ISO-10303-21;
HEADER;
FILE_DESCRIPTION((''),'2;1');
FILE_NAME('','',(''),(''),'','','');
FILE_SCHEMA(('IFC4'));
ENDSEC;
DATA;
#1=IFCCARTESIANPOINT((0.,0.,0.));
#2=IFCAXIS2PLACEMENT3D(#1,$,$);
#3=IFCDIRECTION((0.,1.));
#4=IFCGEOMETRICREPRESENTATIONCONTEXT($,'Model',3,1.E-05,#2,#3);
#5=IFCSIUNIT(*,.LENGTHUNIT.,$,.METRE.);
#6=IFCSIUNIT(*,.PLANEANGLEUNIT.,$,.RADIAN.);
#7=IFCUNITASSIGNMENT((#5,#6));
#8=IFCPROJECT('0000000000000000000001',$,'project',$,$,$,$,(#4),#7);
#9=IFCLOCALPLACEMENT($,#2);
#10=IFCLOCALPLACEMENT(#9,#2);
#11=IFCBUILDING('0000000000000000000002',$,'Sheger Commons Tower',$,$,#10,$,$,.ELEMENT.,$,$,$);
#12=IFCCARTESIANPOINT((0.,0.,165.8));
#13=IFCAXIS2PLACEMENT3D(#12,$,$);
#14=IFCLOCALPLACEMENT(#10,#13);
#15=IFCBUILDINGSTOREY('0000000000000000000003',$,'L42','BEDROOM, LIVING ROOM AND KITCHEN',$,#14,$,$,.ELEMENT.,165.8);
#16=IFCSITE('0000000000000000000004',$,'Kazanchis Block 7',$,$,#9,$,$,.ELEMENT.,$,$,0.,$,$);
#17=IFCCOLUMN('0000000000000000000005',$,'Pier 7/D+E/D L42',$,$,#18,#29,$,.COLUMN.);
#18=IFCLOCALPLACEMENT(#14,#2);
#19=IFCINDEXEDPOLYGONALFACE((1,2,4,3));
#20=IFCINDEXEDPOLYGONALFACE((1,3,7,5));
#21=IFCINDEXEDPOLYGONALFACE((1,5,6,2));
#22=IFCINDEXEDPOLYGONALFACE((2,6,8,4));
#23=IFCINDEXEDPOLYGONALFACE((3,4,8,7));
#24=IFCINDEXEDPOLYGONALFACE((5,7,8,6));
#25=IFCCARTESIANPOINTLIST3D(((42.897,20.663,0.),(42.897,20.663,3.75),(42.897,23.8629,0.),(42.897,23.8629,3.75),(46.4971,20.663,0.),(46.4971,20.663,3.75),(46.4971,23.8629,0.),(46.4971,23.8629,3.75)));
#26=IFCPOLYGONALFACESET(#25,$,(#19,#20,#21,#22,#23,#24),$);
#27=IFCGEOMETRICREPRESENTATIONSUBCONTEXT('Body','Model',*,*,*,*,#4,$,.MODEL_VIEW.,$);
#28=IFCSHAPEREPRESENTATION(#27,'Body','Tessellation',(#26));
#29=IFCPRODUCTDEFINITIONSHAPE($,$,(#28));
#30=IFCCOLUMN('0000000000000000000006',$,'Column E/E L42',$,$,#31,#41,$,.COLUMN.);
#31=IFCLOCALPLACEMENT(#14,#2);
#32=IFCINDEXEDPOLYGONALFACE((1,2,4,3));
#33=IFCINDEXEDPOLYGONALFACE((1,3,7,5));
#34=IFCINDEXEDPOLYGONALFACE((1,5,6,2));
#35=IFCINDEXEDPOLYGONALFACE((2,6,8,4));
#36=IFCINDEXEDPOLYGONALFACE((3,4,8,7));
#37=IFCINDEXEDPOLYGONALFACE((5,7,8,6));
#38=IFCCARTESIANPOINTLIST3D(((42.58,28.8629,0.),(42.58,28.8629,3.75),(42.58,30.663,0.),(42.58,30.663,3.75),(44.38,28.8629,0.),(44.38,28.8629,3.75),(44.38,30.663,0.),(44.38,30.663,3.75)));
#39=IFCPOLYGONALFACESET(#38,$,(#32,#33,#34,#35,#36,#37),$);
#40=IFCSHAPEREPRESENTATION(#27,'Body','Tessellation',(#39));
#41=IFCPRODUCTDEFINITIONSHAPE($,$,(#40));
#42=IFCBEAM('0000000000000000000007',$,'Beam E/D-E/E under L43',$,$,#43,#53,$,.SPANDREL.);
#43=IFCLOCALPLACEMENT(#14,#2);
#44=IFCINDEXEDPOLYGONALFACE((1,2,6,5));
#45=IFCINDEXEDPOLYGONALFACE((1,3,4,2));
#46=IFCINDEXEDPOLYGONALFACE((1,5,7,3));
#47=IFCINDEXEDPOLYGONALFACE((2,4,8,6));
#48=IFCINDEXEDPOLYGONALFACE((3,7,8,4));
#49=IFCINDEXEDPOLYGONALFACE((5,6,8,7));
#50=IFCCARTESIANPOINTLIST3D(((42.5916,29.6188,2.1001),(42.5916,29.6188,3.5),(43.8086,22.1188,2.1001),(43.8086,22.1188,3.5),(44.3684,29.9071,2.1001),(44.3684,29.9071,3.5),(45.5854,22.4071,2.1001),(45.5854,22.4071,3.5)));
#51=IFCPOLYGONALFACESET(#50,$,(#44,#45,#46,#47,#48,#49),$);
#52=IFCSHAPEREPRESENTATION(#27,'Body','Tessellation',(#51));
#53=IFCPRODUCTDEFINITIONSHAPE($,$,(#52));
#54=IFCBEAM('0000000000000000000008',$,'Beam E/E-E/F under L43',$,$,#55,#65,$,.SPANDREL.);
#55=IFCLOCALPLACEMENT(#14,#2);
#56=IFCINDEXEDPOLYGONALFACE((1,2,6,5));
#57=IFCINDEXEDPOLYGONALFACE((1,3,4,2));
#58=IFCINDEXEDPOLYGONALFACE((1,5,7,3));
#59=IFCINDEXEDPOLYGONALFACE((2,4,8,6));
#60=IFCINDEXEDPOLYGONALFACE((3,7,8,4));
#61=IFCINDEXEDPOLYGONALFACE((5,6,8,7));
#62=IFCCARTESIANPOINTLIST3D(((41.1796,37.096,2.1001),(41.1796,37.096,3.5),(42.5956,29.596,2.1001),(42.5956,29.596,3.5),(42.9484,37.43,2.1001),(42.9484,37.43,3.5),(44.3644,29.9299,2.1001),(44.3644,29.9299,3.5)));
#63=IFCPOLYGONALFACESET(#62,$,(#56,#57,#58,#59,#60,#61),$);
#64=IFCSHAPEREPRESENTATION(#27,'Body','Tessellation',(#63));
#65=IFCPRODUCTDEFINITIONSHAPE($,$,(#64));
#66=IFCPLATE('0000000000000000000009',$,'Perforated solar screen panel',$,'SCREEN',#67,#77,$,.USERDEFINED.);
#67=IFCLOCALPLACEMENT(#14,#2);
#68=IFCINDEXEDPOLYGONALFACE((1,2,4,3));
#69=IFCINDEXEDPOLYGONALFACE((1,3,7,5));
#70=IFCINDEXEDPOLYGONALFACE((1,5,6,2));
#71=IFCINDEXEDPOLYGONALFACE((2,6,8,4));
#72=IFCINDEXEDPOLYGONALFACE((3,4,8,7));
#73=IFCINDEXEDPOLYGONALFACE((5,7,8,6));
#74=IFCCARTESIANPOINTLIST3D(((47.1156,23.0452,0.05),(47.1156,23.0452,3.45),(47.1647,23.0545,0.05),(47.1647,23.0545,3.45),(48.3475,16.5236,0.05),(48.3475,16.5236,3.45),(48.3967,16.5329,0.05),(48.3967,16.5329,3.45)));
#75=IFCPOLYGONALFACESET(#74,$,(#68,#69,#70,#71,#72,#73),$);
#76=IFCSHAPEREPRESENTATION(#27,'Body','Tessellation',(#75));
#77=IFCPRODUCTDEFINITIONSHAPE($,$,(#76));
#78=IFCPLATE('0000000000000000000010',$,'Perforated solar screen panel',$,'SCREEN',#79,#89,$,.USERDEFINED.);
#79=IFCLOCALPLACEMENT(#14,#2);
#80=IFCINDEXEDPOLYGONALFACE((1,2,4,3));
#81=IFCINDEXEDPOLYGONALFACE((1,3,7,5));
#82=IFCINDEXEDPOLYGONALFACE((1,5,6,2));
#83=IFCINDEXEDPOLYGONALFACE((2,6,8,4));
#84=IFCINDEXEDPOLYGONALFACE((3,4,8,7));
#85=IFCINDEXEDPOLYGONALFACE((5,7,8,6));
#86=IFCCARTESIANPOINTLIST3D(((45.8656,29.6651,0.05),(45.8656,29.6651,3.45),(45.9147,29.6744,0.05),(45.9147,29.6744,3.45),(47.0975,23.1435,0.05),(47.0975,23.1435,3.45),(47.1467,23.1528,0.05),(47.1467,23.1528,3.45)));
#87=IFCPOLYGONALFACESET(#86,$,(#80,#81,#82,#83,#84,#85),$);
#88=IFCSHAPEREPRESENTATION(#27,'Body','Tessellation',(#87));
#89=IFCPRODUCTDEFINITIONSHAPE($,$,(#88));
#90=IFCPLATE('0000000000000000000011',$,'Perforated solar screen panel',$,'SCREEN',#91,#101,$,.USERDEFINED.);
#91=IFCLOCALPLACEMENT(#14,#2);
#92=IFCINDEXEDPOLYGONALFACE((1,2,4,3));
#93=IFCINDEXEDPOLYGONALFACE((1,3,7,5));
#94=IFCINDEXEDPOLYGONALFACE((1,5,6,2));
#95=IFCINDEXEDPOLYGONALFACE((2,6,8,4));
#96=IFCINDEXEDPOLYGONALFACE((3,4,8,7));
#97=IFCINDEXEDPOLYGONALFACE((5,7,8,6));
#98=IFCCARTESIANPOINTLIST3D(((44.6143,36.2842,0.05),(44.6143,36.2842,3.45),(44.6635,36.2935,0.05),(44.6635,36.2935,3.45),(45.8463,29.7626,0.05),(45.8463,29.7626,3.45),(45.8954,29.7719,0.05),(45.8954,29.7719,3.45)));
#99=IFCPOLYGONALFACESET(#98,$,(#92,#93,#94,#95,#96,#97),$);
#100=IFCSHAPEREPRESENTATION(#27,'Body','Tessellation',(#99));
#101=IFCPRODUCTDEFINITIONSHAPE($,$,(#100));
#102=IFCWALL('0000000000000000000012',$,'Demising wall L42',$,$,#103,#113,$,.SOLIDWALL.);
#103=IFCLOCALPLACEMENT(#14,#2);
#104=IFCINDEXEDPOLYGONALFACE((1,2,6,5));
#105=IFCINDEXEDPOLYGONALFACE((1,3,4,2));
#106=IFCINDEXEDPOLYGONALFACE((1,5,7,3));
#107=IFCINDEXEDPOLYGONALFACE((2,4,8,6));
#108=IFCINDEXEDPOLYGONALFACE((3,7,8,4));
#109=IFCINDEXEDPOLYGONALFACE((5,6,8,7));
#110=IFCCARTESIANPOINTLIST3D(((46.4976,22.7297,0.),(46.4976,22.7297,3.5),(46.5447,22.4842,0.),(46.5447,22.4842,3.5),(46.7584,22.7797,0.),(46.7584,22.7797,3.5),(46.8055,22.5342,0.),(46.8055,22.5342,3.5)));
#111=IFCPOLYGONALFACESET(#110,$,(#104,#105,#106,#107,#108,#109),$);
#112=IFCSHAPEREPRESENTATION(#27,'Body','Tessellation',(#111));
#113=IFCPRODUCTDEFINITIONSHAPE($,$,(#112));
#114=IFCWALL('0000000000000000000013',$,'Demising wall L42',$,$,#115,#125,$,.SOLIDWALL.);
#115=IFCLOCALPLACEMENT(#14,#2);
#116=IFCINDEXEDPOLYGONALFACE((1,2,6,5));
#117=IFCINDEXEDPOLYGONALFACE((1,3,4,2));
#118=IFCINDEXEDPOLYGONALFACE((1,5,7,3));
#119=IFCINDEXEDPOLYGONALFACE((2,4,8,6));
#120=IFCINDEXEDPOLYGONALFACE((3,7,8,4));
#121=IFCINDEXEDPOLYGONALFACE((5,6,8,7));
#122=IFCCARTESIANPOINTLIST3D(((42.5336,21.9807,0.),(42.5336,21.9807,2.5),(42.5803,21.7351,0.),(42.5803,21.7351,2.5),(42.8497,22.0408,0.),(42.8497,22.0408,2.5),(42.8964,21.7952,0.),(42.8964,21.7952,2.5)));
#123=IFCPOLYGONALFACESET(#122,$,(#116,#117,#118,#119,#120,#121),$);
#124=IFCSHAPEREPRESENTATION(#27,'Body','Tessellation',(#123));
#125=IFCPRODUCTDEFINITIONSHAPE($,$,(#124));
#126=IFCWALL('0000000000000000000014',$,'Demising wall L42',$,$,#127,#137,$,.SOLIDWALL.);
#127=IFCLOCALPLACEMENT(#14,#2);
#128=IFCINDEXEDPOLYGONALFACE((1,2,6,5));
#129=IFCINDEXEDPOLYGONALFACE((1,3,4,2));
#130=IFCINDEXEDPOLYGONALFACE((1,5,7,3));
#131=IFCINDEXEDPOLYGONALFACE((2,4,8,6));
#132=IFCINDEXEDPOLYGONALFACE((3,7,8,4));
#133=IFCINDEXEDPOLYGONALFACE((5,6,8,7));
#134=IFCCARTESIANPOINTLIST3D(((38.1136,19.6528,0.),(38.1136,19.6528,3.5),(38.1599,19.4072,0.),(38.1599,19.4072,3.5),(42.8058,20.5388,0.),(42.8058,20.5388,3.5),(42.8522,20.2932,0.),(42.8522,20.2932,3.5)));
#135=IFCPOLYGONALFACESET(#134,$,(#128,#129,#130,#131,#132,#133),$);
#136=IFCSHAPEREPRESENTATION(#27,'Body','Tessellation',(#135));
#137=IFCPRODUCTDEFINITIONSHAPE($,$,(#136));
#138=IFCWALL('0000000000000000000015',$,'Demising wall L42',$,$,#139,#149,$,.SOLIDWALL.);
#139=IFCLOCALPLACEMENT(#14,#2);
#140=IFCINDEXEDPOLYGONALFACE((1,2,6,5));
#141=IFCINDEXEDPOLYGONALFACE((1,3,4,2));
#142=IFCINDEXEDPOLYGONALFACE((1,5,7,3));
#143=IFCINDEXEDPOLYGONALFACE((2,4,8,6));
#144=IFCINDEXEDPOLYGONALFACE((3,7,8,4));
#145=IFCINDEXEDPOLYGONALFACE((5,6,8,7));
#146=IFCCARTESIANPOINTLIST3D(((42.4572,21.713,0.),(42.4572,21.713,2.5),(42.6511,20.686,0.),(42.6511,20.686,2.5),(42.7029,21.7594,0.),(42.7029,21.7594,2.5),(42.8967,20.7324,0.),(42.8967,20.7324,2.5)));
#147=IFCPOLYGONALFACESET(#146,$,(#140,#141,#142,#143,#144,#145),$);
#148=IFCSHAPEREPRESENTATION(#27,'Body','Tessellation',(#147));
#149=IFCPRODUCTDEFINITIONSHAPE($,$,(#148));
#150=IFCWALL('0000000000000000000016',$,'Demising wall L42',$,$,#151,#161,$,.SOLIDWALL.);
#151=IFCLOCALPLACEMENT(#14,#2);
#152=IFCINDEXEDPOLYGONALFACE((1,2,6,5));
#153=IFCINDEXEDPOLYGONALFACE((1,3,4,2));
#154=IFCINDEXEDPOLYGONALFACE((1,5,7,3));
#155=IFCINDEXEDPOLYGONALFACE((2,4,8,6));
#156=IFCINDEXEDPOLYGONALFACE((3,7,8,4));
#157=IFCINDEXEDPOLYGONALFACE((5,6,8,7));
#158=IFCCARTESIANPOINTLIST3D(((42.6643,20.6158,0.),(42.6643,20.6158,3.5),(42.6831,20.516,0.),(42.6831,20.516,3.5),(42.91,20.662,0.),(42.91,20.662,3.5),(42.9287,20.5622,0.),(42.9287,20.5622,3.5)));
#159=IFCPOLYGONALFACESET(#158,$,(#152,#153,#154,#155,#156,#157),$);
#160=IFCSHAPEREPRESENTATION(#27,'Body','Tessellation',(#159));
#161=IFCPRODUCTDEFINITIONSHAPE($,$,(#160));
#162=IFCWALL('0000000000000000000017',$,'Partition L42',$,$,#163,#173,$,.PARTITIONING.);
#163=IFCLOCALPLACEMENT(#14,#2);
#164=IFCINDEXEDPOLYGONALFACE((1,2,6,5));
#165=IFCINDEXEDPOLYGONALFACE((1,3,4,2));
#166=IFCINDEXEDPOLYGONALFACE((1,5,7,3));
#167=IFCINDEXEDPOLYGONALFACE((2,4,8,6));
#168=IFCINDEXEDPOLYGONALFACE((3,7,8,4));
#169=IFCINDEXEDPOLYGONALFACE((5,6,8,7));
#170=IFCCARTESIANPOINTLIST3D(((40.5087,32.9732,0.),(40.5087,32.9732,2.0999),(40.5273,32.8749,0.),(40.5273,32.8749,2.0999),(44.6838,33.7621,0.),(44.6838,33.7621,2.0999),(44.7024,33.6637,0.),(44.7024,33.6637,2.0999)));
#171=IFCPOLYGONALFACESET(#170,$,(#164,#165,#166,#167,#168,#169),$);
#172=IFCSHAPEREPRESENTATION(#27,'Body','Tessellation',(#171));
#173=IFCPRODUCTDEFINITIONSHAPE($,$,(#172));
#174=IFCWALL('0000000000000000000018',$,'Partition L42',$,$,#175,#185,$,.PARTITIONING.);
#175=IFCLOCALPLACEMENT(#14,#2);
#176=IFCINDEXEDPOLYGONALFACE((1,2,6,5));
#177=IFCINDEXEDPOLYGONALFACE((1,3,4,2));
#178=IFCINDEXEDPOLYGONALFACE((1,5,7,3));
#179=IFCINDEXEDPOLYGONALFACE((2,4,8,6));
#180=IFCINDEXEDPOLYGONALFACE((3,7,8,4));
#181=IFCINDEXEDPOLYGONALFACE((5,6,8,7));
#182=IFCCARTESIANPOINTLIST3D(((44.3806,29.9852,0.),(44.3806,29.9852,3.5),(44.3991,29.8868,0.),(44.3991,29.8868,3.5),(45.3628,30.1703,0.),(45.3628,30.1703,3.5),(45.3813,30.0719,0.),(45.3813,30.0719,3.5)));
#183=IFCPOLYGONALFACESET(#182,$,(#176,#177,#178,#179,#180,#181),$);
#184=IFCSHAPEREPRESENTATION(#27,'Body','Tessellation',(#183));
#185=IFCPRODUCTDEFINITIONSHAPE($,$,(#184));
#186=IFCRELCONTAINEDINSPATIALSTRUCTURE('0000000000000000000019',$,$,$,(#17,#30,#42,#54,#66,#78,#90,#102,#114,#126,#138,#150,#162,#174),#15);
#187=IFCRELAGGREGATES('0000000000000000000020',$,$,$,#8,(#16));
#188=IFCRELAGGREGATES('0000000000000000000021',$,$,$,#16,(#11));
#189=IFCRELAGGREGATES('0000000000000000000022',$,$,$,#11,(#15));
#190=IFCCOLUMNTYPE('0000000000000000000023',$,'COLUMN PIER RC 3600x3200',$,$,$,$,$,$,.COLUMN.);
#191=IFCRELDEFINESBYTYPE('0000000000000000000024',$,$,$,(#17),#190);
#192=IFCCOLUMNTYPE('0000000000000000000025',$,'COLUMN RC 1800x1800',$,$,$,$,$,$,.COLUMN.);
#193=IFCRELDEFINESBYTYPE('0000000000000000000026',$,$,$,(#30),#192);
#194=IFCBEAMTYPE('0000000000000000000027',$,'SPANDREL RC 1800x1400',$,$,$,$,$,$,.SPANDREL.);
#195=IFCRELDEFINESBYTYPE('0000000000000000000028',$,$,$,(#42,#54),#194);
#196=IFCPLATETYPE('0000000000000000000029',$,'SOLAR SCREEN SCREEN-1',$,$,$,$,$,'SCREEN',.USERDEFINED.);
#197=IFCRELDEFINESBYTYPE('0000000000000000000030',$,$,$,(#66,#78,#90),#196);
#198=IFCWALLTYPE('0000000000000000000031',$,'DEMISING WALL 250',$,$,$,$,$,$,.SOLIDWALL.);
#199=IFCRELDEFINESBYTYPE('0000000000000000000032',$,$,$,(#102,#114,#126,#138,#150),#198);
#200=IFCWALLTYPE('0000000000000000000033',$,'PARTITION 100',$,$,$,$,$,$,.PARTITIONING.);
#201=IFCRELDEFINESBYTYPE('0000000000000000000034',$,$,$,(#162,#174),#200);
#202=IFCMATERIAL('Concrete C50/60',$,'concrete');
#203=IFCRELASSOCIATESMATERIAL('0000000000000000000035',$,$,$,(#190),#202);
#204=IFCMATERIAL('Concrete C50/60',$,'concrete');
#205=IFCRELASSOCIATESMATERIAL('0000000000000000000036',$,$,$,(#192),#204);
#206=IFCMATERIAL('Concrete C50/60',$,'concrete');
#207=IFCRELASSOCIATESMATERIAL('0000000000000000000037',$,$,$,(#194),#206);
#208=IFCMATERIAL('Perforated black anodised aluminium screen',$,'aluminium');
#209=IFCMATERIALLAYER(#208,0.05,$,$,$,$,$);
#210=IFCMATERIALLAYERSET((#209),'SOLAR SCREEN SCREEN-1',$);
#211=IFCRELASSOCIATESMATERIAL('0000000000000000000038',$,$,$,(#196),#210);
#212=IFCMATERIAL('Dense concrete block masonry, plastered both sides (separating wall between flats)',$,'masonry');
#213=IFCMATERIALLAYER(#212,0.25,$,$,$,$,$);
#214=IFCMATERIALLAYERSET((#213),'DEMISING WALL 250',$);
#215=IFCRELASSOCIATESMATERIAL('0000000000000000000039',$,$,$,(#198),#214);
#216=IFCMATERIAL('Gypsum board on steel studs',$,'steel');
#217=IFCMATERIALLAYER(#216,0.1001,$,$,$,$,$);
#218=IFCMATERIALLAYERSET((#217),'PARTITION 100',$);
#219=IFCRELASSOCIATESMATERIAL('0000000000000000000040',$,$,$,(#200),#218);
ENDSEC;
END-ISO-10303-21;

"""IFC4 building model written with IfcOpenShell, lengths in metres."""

from ifc_helpers import new_model, si_unit, direction, frame, frame_2d, origin, origin_2d, place, context, subcontext, project, spatial, rectangle, extrude, material, layer, layer_set, material_profile, profile_set, type_object, element, save


model = new_model("IFC4")

# Units and contexts
model_context = context("Model", 3, precision=1e-05, world=origin(), true_north=direction((0.0, 1.0)))
body_context = subcontext(model_context, "Body", "Model", "MODEL_VIEW")
ifc_project = project(units=[si_unit("LENGTHUNIT", "METRE"), si_unit("PLANEANGLEUNIT", "RADIAN")], contexts=[model_context])

# Site, building, storey
site_placement = place(None, origin())
site = spatial("IfcSite", under=ifc_project, at=site_placement, Name="Kazanchis Block 7", CompositionType="ELEMENT", RefElevation=0.0)
building_placement = place(site_placement, origin())
building = spatial("IfcBuilding", under=site, at=building_placement, Name="Sheger Commons Tower", CompositionType="ELEMENT")
storey_placement = place(building_placement, frame((0.0, 0.0, 165.8)))
storey = spatial("IfcBuildingStorey", under=building, at=storey_placement, Name="L42", Description="BEDROOM, LIVING ROOM AND KITCHEN", CompositionType="ELEMENT", Elevation=165.8)

# Columns
ifc_material_1 = material(Name="Concrete C50/60", Category="concrete")
ifc_material_profile_1 = material_profile(ifc_material_1, rectangle(XDim=3.6001, YDim=3.2, at=origin_2d()), Name="RC 3600x3200")
ifc_profile_set_1 = profile_set([ifc_material_profile_1], Name="Concrete C50/60")
column_type_1 = type_object("IfcColumnType", Name="COLUMN PIER RC 3600x3200", PredefinedType="COLUMN", material=ifc_profile_set_1)
column_1_placement = place(storey_placement, frame((44.697, 22.2629, 0.0), z_axis=(0.0, 0.0, 1.0), x_axis=(1.0, 0.0, 0.0)))
element("IfcColumn", 1, at=column_1_placement, inside=storey, type_object=column_type_1, Name="Pier 7/D+E/D L42", PredefinedType="COLUMN", context=body_context, shape_type="SweptSolid", body=[
    extrude(rectangle(XDim=3.6001, YDim=3.2, at=origin_2d()), origin(), (0.0, 0.0, 1.0), 3.75),
])
ifc_material_2 = material(Name="Concrete C50/60", Category="concrete")
ifc_material_profile_2 = material_profile(ifc_material_2, rectangle(XDim=1.8, YDim=1.8, at=origin_2d()), Name="RC 1800x1800")
ifc_profile_set_2 = profile_set([ifc_material_profile_2], Name="Concrete C50/60")
column_type_2 = type_object("IfcColumnType", Name="COLUMN RC 1800x1800", PredefinedType="COLUMN", material=ifc_profile_set_2)
column_2_placement = place(storey_placement, frame((43.48, 29.7629, 0.0), z_axis=(0.0, 0.0, 1.0), x_axis=(1.0, 0.0, 0.0)))
element("IfcColumn", 2, at=column_2_placement, inside=storey, type_object=column_type_2, Name="Column E/E L42", PredefinedType="COLUMN", context=body_context, shape_type="SweptSolid", body=[
    extrude(rectangle(XDim=1.8, YDim=1.8, at=origin_2d()), origin(), (0.0, 0.0, 1.0), 3.75),
])

# Beams
ifc_material_3 = material(Name="Concrete C50/60", Category="concrete")
ifc_material_profile_3 = material_profile(ifc_material_3, rectangle(XDim=1.8, YDim=1.3999, at=origin_2d()), Name="RC 1800x1400")
ifc_profile_set_3 = profile_set([ifc_material_profile_3], Name="Concrete C50/60")
beam_type = type_object("IfcBeamType", Name="SPANDREL RC 1800x1400", PredefinedType="SPANDREL", material=ifc_profile_set_3)
beam_1_placement = place(storey_placement, frame((44.697, 22.2629, 2.8), z_axis=(-0.160177, 0.987088, 0.0), x_axis=(-0.987088, -0.160177, 0.0)))
element("IfcBeam", 3, at=beam_1_placement, inside=storey, type_object=beam_type, Name="Beam E/D-E/E under L43", PredefinedType="SPANDREL", context=body_context, shape_type="SweptSolid", body=[
    extrude(rectangle(XDim=1.8, YDim=1.3999, at=origin_2d()), origin(), (0.0, 0.0, 1.0), 7.5981),
])
beam_2_placement = place(storey_placement, frame((43.48, 29.7629, 2.8), z_axis=(-0.185524, 0.98264, 0.0), x_axis=(-0.98264, -0.185524, 0.0)))
element("IfcBeam", 4, at=beam_2_placement, inside=storey, type_object=beam_type, Name="Beam E/E-E/F under L43", PredefinedType="SPANDREL", context=body_context, shape_type="SweptSolid", body=[
    extrude(rectangle(XDim=1.8, YDim=1.3999, at=origin_2d()), origin(), (0.0, 0.0, 1.0), 7.6326),
])

# Plates
ifc_material_4 = material(Name="Perforated black anodised aluminium screen", Category="aluminium")
ifc_layer_1 = layer(ifc_material_4, 0.05)
ifc_layer_set_1 = layer_set([ifc_layer_1], Name="SOLAR SCREEN SCREEN-1")
plate_type = type_object("IfcPlateType", Name="SOLAR SCREEN SCREEN-1", ElementType="SCREEN", PredefinedType="USERDEFINED", material=ifc_layer_set_1)
for number, where, z_axis, x_axis, name in (
    (5, (47.7561, 19.7891, 0.05), (0.0, 0.0, 1.0), (-0.185615, 0.982623, 0.0), "Perforated solar screen panel"),
    (6, (46.5061, 26.4089, 0.05), (0.0, 0.0, 1.0), (-0.185615, 0.982623, 0.0), "Perforated solar screen panel"),
    (7, (45.2549, 33.0281, 0.05), (0.0, 0.0, 1.0), (-0.185615, 0.982623, 0.0), "Perforated solar screen panel"),
):
    element("IfcPlate", number, at=place(storey_placement, frame(where, z_axis=z_axis, x_axis=x_axis)), inside=storey, type_object=plate_type, Name=name, ObjectType="SCREEN", PredefinedType="USERDEFINED", context=body_context, shape_type="SweptSolid", body=[
        extrude(rectangle(XDim=6.637, YDim=0.05, at=origin_2d()), origin(), (0.0, 0.0, 1.0), 3.3999),
    ])

# Walls
ifc_material_5 = material(Name="Dense concrete block masonry, plastered both sides (separating wall between flats)", Category="masonry")
ifc_layer_2 = layer(ifc_material_5, 0.25)
ifc_layer_set_2 = layer_set([ifc_layer_2], Name="DEMISING WALL 250")
wall_type_1 = type_object("IfcWallType", Name="DEMISING WALL 250", PredefinedType="SOLIDWALL", material=ifc_layer_set_2)
wall_1_placement = place(storey_placement, frame((46.782, 22.657, 0.0), z_axis=(0.0, 0.0, 1.0), x_axis=(-0.982105, -0.188336, 0.0)))
element("IfcWall", 8, at=wall_1_placement, inside=storey, type_object=wall_type_1, Name="Demising wall L42", PredefinedType="SOLIDWALL", context=body_context, shape_type="SweptSolid", body=[
    extrude(rectangle(XDim=0.2656, YDim=0.25, at=frame_2d((0.1328, 0.0))), origin(), (0.0, 0.0, 1.0), 3.5),
])
wall_2_placement = place(storey_placement, frame((42.873, 21.918, 0.0), z_axis=(0.0, 0.0, 1.0), x_axis=(-0.982431, -0.186624, 0.0)))
element("IfcWall", 9, at=wall_2_placement, inside=storey, type_object=wall_type_1, Name="Demising wall L42", PredefinedType="SOLIDWALL", context=body_context, shape_type="SweptSolid", body=[
    extrude(rectangle(XDim=0.3218, YDim=0.25, at=frame_2d((0.1609, 0.0))), origin(), (0.0, 0.0, 1.0), 2.5),
])
wall_3_placement = place(storey_placement, frame((42.8291, 20.416, 0.0), z_axis=(0.0, 0.0, 1.0), x_axis=(-0.982636, -0.185545, 0.0)))
element("IfcWall", 10, at=wall_3_placement, inside=storey, type_object=wall_type_1, Name="Demising wall L42", PredefinedType="SOLIDWALL", context=body_context, shape_type="SweptSolid", body=[
    extrude(rectangle(XDim=4.7751, YDim=0.25, at=frame_2d((2.3877, 0.0))), origin(), (0.0, 0.0, 1.0), 3.5),
])
wall_4_placement = place(storey_placement, frame((42.5801, 21.7361, 0.0), z_axis=(0.0, 0.0, 1.0), x_axis=(0.185459, -0.982652, 0.0)))
element("IfcWall", 11, at=wall_4_placement, inside=storey, type_object=wall_type_1, Name="Demising wall L42", PredefinedType="SOLIDWALL", context=body_context, shape_type="SweptSolid", body=[
    extrude(rectangle(XDim=1.0452, YDim=0.25, at=frame_2d((0.5225, 0.0))), origin(), (0.0, 0.0, 1.0), 2.5),
])
wall_5_placement = place(storey_placement, frame((42.7871, 20.6389, 0.0), z_axis=(0.0, 0.0, 1.0), x_axis=(0.185014, -0.982736, 0.0)))
element("IfcWall", 12, at=wall_5_placement, inside=storey, type_object=wall_type_1, Name="Demising wall L42", PredefinedType="SOLIDWALL", context=body_context, shape_type="SweptSolid", body=[
    extrude(rectangle(XDim=0.1016, YDim=0.25, at=frame_2d((0.0508, 0.0))), origin(), (0.0, 0.0, 1.0), 3.5),
])
ifc_material_6 = material(Name="Gypsum board on steel studs", Category="steel")
ifc_layer_3 = layer(ifc_material_6, 0.1001)
ifc_layer_set_3 = layer_set([ifc_layer_3], Name="PARTITION 100")
wall_type_2 = type_object("IfcWallType", Name="PARTITION 100", PredefinedType="PARTITIONING", material=ifc_layer_set_3)
wall_6_placement = place(storey_placement, frame((44.6931, 33.7129, 0.0), z_axis=(0.0, 0.0, 1.0), x_axis=(-0.982616, -0.185652, 0.0)))
element("IfcWall", 13, at=wall_6_placement, inside=storey, type_object=wall_type_2, Name="Partition L42", PredefinedType="PARTITIONING", context=body_context, shape_type="SweptSolid", body=[
    extrude(rectangle(XDim=4.249, YDim=0.1001, at=frame_2d((2.1245, 0.0))), origin(), (0.0, 0.0, 1.0), 2.0999),
])
wall_7_placement = place(storey_placement, frame((45.3721, 30.1211, 0.0), z_axis=(0.0, 0.0, 1.0), x_axis=(-0.982709, -0.185159, 0.0)))
element("IfcWall", 14, at=wall_7_placement, inside=storey, type_object=wall_type_2, Name="Partition L42", PredefinedType="PARTITIONING", context=body_context, shape_type="SweptSolid", body=[
    extrude(rectangle(XDim=0.9995, YDim=0.1001, at=frame_2d((0.4998, 0.0))), origin(), (0.0, 0.0, 1.0), 3.5),
])

save(model, "model.ifc")
